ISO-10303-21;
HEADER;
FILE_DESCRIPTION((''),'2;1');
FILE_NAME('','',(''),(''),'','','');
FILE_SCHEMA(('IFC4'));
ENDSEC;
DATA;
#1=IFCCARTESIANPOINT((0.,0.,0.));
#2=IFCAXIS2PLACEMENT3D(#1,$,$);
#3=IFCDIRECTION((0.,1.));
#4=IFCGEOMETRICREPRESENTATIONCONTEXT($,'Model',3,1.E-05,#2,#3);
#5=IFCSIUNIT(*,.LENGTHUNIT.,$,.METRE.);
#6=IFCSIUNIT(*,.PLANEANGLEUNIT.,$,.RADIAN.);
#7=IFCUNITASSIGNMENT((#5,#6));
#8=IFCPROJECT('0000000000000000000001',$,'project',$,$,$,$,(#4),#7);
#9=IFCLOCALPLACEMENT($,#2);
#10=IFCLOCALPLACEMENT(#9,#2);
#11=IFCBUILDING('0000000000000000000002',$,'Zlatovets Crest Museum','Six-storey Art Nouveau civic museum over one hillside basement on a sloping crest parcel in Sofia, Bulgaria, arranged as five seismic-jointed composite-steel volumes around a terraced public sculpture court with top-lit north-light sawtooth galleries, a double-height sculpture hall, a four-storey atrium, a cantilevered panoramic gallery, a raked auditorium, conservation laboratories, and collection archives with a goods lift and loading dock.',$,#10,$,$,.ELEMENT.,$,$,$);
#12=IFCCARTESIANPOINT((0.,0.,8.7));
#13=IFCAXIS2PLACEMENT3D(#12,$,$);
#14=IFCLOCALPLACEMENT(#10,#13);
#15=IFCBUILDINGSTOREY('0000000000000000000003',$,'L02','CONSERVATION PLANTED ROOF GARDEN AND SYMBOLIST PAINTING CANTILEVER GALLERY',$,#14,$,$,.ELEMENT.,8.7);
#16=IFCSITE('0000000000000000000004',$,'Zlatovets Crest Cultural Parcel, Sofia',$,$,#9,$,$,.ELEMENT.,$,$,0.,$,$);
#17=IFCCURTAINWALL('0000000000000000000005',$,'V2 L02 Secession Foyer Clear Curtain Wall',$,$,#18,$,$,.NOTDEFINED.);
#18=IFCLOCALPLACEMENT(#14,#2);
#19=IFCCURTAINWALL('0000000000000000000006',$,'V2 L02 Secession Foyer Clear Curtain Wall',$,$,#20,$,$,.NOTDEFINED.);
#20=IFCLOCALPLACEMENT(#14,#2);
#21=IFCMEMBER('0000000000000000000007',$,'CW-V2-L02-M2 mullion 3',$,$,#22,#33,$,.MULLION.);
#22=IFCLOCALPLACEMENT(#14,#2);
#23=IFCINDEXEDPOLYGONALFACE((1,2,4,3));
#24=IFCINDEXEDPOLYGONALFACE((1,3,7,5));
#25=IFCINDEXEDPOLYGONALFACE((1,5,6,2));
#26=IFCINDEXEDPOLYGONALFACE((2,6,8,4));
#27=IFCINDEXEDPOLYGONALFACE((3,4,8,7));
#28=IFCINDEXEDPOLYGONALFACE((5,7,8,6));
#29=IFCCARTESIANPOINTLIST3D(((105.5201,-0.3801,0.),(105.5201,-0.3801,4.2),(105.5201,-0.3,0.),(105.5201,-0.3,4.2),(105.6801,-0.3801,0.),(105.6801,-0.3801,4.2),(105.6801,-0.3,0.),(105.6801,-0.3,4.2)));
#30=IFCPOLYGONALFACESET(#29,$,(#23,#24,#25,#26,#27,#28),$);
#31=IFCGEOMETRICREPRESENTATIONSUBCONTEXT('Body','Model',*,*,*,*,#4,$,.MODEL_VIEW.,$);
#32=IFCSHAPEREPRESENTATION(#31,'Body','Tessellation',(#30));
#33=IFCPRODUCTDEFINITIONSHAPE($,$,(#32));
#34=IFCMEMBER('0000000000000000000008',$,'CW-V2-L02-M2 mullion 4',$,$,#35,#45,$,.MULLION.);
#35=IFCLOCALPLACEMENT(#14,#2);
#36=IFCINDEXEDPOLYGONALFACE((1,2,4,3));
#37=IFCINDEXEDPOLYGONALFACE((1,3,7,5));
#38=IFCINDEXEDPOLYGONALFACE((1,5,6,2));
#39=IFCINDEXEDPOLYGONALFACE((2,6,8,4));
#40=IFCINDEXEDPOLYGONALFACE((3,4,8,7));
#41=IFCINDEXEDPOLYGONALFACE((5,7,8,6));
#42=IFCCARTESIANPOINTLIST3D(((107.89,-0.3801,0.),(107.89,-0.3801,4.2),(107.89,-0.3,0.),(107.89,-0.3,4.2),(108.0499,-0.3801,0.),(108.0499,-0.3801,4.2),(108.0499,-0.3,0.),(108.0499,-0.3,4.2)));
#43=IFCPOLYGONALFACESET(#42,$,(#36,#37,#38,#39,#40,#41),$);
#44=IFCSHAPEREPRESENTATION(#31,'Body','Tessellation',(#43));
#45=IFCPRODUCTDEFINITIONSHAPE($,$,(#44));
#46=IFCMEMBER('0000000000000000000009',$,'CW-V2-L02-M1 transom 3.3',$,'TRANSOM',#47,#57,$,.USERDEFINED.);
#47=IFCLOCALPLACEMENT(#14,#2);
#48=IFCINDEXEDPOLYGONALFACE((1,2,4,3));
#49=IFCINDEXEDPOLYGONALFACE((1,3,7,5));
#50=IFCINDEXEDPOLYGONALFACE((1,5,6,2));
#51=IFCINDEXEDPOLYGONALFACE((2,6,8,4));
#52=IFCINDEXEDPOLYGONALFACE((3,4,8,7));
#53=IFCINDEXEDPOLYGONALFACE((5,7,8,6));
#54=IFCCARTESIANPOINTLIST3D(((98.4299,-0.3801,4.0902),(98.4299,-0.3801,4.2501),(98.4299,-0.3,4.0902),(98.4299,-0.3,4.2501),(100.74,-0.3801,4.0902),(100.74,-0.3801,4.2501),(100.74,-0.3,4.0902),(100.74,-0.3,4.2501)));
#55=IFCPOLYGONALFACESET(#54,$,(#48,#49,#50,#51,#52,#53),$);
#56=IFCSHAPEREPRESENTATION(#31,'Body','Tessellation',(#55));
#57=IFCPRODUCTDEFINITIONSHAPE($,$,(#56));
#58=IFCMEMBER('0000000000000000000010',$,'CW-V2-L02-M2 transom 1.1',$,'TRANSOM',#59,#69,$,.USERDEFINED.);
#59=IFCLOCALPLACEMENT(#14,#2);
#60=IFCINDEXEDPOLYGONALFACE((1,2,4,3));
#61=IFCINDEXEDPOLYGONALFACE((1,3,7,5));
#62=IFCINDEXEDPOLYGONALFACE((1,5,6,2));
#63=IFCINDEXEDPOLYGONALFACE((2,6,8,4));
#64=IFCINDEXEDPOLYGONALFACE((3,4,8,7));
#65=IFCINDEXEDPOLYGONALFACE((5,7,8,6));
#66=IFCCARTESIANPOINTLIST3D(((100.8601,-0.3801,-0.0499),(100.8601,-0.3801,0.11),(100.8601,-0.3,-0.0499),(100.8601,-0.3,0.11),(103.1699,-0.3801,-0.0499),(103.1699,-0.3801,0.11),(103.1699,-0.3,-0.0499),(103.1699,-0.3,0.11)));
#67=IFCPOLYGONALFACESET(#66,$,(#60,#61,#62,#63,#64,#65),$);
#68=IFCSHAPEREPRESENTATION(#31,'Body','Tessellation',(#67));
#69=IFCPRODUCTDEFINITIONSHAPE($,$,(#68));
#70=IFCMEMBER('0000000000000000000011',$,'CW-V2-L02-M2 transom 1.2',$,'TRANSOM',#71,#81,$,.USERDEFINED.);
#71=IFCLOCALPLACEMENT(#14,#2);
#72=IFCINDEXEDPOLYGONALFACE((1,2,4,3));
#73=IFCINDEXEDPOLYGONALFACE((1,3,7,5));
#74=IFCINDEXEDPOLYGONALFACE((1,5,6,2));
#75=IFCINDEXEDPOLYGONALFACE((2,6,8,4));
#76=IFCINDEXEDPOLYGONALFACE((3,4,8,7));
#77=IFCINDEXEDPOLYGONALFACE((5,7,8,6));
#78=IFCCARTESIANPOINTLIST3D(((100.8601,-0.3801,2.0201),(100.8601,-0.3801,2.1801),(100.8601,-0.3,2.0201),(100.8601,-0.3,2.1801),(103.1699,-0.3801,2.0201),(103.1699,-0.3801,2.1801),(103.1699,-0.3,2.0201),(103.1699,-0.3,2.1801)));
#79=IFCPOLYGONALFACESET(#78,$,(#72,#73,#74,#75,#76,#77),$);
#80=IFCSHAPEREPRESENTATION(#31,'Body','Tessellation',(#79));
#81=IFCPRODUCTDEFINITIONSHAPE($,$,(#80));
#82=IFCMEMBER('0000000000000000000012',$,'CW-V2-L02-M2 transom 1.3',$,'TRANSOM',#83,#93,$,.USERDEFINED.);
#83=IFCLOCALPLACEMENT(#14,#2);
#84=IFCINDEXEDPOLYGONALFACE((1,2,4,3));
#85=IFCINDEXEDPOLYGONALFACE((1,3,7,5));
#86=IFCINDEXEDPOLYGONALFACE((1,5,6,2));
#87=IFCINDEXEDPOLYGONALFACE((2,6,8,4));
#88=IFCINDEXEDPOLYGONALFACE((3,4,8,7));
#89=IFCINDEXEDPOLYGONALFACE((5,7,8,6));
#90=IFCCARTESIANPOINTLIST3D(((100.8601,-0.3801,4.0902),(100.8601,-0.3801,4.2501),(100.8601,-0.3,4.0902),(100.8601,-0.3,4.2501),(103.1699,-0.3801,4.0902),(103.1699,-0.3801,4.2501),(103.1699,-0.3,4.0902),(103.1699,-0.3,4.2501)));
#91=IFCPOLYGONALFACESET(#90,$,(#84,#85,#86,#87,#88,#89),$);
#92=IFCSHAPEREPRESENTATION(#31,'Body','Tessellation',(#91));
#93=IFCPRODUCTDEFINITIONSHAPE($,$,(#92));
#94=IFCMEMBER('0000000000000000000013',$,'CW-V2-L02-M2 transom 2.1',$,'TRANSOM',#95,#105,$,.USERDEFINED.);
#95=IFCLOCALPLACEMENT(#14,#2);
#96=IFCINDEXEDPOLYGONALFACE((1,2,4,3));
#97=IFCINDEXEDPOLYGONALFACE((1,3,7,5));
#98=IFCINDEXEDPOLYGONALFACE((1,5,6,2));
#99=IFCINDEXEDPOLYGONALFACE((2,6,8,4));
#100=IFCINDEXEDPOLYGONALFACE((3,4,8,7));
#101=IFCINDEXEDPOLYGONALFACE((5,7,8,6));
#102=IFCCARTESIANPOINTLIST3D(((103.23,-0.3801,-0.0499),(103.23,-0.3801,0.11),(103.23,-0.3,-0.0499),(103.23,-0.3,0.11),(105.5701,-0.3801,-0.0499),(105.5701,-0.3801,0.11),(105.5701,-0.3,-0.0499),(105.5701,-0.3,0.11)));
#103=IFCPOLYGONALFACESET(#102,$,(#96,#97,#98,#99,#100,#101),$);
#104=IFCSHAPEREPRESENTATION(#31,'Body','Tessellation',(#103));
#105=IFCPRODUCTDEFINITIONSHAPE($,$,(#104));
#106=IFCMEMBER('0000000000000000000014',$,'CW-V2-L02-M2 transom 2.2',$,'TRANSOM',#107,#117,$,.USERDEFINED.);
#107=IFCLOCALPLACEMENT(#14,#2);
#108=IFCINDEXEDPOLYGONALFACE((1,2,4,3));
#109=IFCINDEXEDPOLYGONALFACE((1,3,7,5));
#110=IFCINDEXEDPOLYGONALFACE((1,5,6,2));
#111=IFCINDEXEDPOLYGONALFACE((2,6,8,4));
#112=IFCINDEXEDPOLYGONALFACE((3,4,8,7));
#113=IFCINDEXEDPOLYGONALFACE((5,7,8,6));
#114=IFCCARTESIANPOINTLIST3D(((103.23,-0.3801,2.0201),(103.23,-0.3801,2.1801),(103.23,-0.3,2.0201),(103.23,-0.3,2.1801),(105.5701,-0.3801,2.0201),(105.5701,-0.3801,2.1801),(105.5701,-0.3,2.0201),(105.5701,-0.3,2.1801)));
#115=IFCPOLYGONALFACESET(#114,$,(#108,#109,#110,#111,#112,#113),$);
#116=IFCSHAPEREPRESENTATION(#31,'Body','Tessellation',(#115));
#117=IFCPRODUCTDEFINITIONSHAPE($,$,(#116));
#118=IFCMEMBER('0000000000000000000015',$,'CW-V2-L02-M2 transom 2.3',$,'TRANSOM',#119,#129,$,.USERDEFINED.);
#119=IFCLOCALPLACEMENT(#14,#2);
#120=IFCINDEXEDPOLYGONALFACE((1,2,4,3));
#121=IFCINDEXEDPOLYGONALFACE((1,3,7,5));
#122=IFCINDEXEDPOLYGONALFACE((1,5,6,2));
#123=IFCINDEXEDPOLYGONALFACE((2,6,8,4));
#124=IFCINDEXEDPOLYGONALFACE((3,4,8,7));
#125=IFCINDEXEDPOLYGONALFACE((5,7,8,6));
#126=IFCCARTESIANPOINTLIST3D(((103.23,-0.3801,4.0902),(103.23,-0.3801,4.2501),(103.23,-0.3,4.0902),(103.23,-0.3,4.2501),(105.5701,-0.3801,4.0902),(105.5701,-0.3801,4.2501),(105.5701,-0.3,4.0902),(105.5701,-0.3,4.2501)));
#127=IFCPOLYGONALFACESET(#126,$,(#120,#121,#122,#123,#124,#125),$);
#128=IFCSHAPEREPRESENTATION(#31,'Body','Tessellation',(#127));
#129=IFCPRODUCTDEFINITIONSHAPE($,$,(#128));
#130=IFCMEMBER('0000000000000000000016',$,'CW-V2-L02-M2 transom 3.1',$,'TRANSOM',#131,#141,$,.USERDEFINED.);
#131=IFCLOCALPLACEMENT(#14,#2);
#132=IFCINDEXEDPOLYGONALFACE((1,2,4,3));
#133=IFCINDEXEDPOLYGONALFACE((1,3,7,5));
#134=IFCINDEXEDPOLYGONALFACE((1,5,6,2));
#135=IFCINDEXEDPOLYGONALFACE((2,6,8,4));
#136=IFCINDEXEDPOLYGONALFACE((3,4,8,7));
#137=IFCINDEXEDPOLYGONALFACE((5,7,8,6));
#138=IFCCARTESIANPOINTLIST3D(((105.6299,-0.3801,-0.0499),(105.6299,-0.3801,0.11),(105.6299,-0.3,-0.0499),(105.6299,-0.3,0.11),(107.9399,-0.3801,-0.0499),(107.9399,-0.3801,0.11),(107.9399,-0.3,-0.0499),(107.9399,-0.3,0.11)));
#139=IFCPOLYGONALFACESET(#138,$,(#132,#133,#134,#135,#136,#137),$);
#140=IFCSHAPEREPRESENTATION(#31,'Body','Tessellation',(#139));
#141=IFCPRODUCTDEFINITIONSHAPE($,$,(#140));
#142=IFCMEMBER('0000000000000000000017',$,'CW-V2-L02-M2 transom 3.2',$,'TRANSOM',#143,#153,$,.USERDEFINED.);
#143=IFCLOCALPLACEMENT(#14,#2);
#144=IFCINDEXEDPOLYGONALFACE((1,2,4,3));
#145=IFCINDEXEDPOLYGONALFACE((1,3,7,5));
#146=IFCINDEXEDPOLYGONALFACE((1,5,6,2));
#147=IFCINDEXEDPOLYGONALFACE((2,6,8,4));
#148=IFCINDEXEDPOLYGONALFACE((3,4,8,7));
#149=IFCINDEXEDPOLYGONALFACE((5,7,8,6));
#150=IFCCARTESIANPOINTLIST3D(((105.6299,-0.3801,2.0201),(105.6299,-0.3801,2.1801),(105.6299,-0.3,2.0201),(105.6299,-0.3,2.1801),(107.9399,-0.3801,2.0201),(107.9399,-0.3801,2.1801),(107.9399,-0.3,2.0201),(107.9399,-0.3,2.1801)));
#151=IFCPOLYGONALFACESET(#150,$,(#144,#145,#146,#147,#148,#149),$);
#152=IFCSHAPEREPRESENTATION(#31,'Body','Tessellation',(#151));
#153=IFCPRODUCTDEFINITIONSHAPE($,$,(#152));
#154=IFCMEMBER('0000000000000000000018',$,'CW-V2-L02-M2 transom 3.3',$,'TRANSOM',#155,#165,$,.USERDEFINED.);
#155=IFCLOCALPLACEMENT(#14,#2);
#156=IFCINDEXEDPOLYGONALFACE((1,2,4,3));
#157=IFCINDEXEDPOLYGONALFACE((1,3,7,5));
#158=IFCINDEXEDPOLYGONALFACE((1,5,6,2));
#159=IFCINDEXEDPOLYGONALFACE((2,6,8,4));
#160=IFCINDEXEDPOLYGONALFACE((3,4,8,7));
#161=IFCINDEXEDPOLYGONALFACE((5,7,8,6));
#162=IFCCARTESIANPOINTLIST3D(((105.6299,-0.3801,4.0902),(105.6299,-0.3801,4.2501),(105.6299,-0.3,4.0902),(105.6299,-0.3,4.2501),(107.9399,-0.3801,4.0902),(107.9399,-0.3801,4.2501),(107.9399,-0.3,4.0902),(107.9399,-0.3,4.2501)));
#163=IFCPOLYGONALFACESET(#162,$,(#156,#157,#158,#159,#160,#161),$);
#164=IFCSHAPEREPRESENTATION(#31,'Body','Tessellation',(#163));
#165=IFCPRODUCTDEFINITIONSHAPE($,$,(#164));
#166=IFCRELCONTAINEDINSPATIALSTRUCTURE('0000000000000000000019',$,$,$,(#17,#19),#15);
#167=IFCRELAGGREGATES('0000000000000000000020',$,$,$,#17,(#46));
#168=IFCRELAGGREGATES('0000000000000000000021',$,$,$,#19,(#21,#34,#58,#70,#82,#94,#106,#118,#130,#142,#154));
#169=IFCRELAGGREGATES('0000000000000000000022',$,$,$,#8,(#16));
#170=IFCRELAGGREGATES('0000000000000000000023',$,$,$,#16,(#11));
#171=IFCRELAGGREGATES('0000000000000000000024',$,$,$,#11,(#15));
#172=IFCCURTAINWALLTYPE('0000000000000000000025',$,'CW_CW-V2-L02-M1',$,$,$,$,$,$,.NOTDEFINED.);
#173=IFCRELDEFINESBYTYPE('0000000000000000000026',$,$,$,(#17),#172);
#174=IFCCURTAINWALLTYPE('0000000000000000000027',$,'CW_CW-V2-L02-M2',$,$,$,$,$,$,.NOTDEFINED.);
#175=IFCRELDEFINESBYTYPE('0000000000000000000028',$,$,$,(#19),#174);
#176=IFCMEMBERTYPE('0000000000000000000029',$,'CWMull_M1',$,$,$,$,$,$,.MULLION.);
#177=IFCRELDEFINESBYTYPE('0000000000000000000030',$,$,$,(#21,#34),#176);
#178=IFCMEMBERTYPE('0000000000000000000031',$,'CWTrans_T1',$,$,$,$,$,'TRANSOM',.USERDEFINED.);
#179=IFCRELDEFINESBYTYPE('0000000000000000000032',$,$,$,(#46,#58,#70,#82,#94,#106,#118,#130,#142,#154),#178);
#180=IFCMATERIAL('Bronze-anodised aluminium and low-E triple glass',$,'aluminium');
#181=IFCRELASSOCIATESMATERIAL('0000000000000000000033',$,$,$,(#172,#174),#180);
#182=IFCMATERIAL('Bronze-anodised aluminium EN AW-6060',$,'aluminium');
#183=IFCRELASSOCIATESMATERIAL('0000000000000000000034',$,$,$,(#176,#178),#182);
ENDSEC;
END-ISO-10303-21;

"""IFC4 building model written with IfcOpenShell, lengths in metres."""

from ifc_helpers import new_model, si_unit, direction, frame, origin, origin_2d, place, context, subcontext, project, spatial, rectangle, extrude, material, material_profile, profile_set, type_object, element, aggregate, save


model = new_model("IFC4")

# Units and contexts
model_context = context("Model", 3, precision=1e-05, world=origin(), true_north=direction((0.0, 1.0)))
body_context = subcontext(model_context, "Body", "Model", "MODEL_VIEW")
ifc_project = project(units=[si_unit("LENGTHUNIT", "METRE"), si_unit("PLANEANGLEUNIT", "RADIAN")], contexts=[model_context])

# Site, building, storey
site_placement = place(None, origin())
site = spatial("IfcSite", under=ifc_project, at=site_placement, Name="Zlatovets Crest Cultural Parcel, Sofia", CompositionType="ELEMENT", RefElevation=0.0)
building_placement = place(site_placement, origin())
building = spatial("IfcBuilding", under=site, at=building_placement, Name="Zlatovets Crest Museum", Description="Six-storey Art Nouveau civic museum over one hillside basement on a sloping crest parcel in Sofia, Bulgaria, arranged as five seismic-jointed composite-steel volumes around a terraced public sculpture court with top-lit north-light sawtooth galleries, a double-height sculpture hall, a four-storey atrium, a cantilevered panoramic gallery, a raked auditorium, conservation laboratories, and collection archives with a goods lift and loading dock.", CompositionType="ELEMENT")
storey_placement = place(building_placement, frame((0.0, 0.0, 8.7)))
storey = spatial("IfcBuildingStorey", under=building, at=storey_placement, Name="L02", Description="CONSERVATION PLANTED ROOF GARDEN AND SYMBOLIST PAINTING CANTILEVER GALLERY", CompositionType="ELEMENT", Elevation=8.7)

# Curtain wall
ifc_material_1 = material(Name="Bronze-anodised aluminium and low-E triple glass", Category="aluminium")
curtain_wall_type_1 = type_object("IfcCurtainWallType", Name="CW_CW-V2-L02-M1", PredefinedType="NOTDEFINED", material=ifc_material_1)
curtain_wall_1_placement = place(storey_placement, origin())
curtain_wall_1 = element("IfcCurtainWall", 1, at=curtain_wall_1_placement, inside=storey, type_object=curtain_wall_type_1, Name="V2 L02 Secession Foyer Clear Curtain Wall", PredefinedType="NOTDEFINED")
ifc_material_2 = material(Name="Bronze-anodised aluminium EN AW-6060", Category="aluminium")
ifc_material_profile_1 = material_profile(ifc_material_2, rectangle(XDim=0.0801, YDim=0.1599, at=origin_2d()), Name="ALU 80x160")
ifc_profile_set_1 = profile_set([ifc_material_profile_1], Name="Bronze-anodised aluminium EN AW-6060")
member_type_1 = type_object("IfcMemberType", Name="CWMull_M1", PredefinedType="MULLION", material=ifc_profile_set_1)

# Curtain wall, members
curtain_wall_type_2 = type_object("IfcCurtainWallType", Name="CW_CW-V2-L02-M2", PredefinedType="NOTDEFINED", material=ifc_material_1)
curtain_wall_2_placement = place(storey_placement, origin())
curtain_wall_2 = element("IfcCurtainWall", 2, at=curtain_wall_2_placement, inside=storey, type_object=curtain_wall_type_2, Name="V2 L02 Secession Foyer Clear Curtain Wall", PredefinedType="NOTDEFINED")
member_1_placement = place(storey_placement, frame((105.6001, -0.3401, 0.0), z_axis=(0.0, 0.0, 1.0), x_axis=(0.0, 1.0, 0.0)))
member_1 = element("IfcMember", 3, at=member_1_placement, type_object=member_type_1, Name="CW-V2-L02-M2 mullion 3", PredefinedType="MULLION", context=body_context, shape_type="SweptSolid", body=[
    extrude(rectangle(XDim=0.0801, YDim=0.1599, at=origin_2d()), origin(), (0.0, 0.0, 1.0), 4.2),
])
member_2_placement = place(storey_placement, frame((107.97, -0.3401, 0.0), z_axis=(0.0, 0.0, 1.0), x_axis=(0.0, 1.0, 0.0)))
member_2 = element("IfcMember", 4, at=member_2_placement, type_object=member_type_1, Name="CW-V2-L02-M2 mullion 4", PredefinedType="MULLION", context=body_context, shape_type="SweptSolid", body=[
    extrude(rectangle(XDim=0.0801, YDim=0.1599, at=origin_2d()), origin(), (0.0, 0.0, 1.0), 4.2),
])

# Members
ifc_material_profile_2 = material_profile(ifc_material_2, rectangle(XDim=0.0801, YDim=0.1599, at=origin_2d()), Name="ALU 80x160")
ifc_profile_set_2 = profile_set([ifc_material_profile_2], Name="Bronze-anodised aluminium EN AW-6060")
member_type_2 = type_object("IfcMemberType", Name="CWTrans_T1", ElementType="TRANSOM", PredefinedType="USERDEFINED", material=ifc_profile_set_2)
member_3_placement = place(storey_placement, frame((98.4299, -0.3401, 4.1702), z_axis=(1.0, 0.0, 0.0), x_axis=(0.0, 1.0, 0.0)))
member_3 = element("IfcMember", 5, at=member_3_placement, type_object=member_type_2, Name="CW-V2-L02-M1 transom 3.3", ObjectType="TRANSOM", PredefinedType="USERDEFINED", context=body_context, shape_type="SweptSolid", body=[
    extrude(rectangle(XDim=0.0801, YDim=0.1599, at=origin_2d()), origin(), (0.0, 0.0, 1.0), 2.3101),
])
member_4_placement = place(storey_placement, frame((100.8601, -0.3401, 0.03), z_axis=(1.0, 0.0, 0.0), x_axis=(0.0, 1.0, 0.0)))
member_4 = element("IfcMember", 6, at=member_4_placement, type_object=member_type_2, Name="CW-V2-L02-M2 transom 1.1", ObjectType="TRANSOM", PredefinedType="USERDEFINED", context=body_context, shape_type="SweptSolid", body=[
    extrude(rectangle(XDim=0.0801, YDim=0.1599, at=origin_2d()), origin(), (0.0, 0.0, 1.0), 2.3098),
])
member_5_placement = place(storey_placement, frame((100.8601, -0.3401, 2.1001), z_axis=(1.0, 0.0, 0.0), x_axis=(0.0, 1.0, 0.0)))
member_5 = element("IfcMember", 7, at=member_5_placement, type_object=member_type_2, Name="CW-V2-L02-M2 transom 1.2", ObjectType="TRANSOM", PredefinedType="USERDEFINED", context=body_context, shape_type="SweptSolid", body=[
    extrude(rectangle(XDim=0.0801, YDim=0.1599, at=origin_2d()), origin(), (0.0, 0.0, 1.0), 2.3098),
])
member_6_placement = place(storey_placement, frame((100.8601, -0.3401, 4.1702), z_axis=(1.0, 0.0, 0.0), x_axis=(0.0, 1.0, 0.0)))
member_6 = element("IfcMember", 8, at=member_6_placement, type_object=member_type_2, Name="CW-V2-L02-M2 transom 1.3", ObjectType="TRANSOM", PredefinedType="USERDEFINED", context=body_context, shape_type="SweptSolid", body=[
    extrude(rectangle(XDim=0.0801, YDim=0.1599, at=origin_2d()), origin(), (0.0, 0.0, 1.0), 2.3098),
])
member_7_placement = place(storey_placement, frame((103.23, -0.3401, 0.03), z_axis=(1.0, 0.0, 0.0), x_axis=(0.0, 1.0, 0.0)))
member_7 = element("IfcMember", 9, at=member_7_placement, type_object=member_type_2, Name="CW-V2-L02-M2 transom 2.1", ObjectType="TRANSOM", PredefinedType="USERDEFINED", context=body_context, shape_type="SweptSolid", body=[
    extrude(rectangle(XDim=0.0801, YDim=0.1599, at=origin_2d()), origin(), (0.0, 0.0, 1.0), 2.3401),
])
member_8_placement = place(storey_placement, frame((103.23, -0.3401, 2.1001), z_axis=(1.0, 0.0, 0.0), x_axis=(0.0, 1.0, 0.0)))
member_8 = element("IfcMember", 10, at=member_8_placement, type_object=member_type_2, Name="CW-V2-L02-M2 transom 2.2", ObjectType="TRANSOM", PredefinedType="USERDEFINED", context=body_context, shape_type="SweptSolid", body=[
    extrude(rectangle(XDim=0.0801, YDim=0.1599, at=origin_2d()), origin(), (0.0, 0.0, 1.0), 2.3401),
])
member_9_placement = place(storey_placement, frame((103.23, -0.3401, 4.1702), z_axis=(1.0, 0.0, 0.0), x_axis=(0.0, 1.0, 0.0)))
member_9 = element("IfcMember", 11, at=member_9_placement, type_object=member_type_2, Name="CW-V2-L02-M2 transom 2.3", ObjectType="TRANSOM", PredefinedType="USERDEFINED", context=body_context, shape_type="SweptSolid", body=[
    extrude(rectangle(XDim=0.0801, YDim=0.1599, at=origin_2d()), origin(), (0.0, 0.0, 1.0), 2.3401),
])
member_10_placement = place(storey_placement, frame((105.6299, -0.3401, 0.03), z_axis=(1.0, 0.0, 0.0), x_axis=(0.0, 1.0, 0.0)))
member_10 = element("IfcMember", 12, at=member_10_placement, type_object=member_type_2, Name="CW-V2-L02-M2 transom 3.1", ObjectType="TRANSOM", PredefinedType="USERDEFINED", context=body_context, shape_type="SweptSolid", body=[
    extrude(rectangle(XDim=0.0801, YDim=0.1599, at=origin_2d()), origin(), (0.0, 0.0, 1.0), 2.3101),
])
member_11_placement = place(storey_placement, frame((105.6299, -0.3401, 2.1001), z_axis=(1.0, 0.0, 0.0), x_axis=(0.0, 1.0, 0.0)))
member_11 = element("IfcMember", 13, at=member_11_placement, type_object=member_type_2, Name="CW-V2-L02-M2 transom 3.2", ObjectType="TRANSOM", PredefinedType="USERDEFINED", context=body_context, shape_type="SweptSolid", body=[
    extrude(rectangle(XDim=0.0801, YDim=0.1599, at=origin_2d()), origin(), (0.0, 0.0, 1.0), 2.3101),
])
member_12_placement = place(storey_placement, frame((105.6299, -0.3401, 4.1702), z_axis=(1.0, 0.0, 0.0), x_axis=(0.0, 1.0, 0.0)))
member_12 = element("IfcMember", 14, at=member_12_placement, type_object=member_type_2, Name="CW-V2-L02-M2 transom 3.3", ObjectType="TRANSOM", PredefinedType="USERDEFINED", context=body_context, shape_type="SweptSolid", body=[
    extrude(rectangle(XDim=0.0801, YDim=0.1599, at=origin_2d()), origin(), (0.0, 0.0, 1.0), 2.3101),
])

aggregate(curtain_wall_1, [member_3])
aggregate(curtain_wall_2, [member_1, member_2, member_4, member_5, member_6, member_7, member_8, member_9, member_10, member_11, member_12])

save(model, "model.ifc")
